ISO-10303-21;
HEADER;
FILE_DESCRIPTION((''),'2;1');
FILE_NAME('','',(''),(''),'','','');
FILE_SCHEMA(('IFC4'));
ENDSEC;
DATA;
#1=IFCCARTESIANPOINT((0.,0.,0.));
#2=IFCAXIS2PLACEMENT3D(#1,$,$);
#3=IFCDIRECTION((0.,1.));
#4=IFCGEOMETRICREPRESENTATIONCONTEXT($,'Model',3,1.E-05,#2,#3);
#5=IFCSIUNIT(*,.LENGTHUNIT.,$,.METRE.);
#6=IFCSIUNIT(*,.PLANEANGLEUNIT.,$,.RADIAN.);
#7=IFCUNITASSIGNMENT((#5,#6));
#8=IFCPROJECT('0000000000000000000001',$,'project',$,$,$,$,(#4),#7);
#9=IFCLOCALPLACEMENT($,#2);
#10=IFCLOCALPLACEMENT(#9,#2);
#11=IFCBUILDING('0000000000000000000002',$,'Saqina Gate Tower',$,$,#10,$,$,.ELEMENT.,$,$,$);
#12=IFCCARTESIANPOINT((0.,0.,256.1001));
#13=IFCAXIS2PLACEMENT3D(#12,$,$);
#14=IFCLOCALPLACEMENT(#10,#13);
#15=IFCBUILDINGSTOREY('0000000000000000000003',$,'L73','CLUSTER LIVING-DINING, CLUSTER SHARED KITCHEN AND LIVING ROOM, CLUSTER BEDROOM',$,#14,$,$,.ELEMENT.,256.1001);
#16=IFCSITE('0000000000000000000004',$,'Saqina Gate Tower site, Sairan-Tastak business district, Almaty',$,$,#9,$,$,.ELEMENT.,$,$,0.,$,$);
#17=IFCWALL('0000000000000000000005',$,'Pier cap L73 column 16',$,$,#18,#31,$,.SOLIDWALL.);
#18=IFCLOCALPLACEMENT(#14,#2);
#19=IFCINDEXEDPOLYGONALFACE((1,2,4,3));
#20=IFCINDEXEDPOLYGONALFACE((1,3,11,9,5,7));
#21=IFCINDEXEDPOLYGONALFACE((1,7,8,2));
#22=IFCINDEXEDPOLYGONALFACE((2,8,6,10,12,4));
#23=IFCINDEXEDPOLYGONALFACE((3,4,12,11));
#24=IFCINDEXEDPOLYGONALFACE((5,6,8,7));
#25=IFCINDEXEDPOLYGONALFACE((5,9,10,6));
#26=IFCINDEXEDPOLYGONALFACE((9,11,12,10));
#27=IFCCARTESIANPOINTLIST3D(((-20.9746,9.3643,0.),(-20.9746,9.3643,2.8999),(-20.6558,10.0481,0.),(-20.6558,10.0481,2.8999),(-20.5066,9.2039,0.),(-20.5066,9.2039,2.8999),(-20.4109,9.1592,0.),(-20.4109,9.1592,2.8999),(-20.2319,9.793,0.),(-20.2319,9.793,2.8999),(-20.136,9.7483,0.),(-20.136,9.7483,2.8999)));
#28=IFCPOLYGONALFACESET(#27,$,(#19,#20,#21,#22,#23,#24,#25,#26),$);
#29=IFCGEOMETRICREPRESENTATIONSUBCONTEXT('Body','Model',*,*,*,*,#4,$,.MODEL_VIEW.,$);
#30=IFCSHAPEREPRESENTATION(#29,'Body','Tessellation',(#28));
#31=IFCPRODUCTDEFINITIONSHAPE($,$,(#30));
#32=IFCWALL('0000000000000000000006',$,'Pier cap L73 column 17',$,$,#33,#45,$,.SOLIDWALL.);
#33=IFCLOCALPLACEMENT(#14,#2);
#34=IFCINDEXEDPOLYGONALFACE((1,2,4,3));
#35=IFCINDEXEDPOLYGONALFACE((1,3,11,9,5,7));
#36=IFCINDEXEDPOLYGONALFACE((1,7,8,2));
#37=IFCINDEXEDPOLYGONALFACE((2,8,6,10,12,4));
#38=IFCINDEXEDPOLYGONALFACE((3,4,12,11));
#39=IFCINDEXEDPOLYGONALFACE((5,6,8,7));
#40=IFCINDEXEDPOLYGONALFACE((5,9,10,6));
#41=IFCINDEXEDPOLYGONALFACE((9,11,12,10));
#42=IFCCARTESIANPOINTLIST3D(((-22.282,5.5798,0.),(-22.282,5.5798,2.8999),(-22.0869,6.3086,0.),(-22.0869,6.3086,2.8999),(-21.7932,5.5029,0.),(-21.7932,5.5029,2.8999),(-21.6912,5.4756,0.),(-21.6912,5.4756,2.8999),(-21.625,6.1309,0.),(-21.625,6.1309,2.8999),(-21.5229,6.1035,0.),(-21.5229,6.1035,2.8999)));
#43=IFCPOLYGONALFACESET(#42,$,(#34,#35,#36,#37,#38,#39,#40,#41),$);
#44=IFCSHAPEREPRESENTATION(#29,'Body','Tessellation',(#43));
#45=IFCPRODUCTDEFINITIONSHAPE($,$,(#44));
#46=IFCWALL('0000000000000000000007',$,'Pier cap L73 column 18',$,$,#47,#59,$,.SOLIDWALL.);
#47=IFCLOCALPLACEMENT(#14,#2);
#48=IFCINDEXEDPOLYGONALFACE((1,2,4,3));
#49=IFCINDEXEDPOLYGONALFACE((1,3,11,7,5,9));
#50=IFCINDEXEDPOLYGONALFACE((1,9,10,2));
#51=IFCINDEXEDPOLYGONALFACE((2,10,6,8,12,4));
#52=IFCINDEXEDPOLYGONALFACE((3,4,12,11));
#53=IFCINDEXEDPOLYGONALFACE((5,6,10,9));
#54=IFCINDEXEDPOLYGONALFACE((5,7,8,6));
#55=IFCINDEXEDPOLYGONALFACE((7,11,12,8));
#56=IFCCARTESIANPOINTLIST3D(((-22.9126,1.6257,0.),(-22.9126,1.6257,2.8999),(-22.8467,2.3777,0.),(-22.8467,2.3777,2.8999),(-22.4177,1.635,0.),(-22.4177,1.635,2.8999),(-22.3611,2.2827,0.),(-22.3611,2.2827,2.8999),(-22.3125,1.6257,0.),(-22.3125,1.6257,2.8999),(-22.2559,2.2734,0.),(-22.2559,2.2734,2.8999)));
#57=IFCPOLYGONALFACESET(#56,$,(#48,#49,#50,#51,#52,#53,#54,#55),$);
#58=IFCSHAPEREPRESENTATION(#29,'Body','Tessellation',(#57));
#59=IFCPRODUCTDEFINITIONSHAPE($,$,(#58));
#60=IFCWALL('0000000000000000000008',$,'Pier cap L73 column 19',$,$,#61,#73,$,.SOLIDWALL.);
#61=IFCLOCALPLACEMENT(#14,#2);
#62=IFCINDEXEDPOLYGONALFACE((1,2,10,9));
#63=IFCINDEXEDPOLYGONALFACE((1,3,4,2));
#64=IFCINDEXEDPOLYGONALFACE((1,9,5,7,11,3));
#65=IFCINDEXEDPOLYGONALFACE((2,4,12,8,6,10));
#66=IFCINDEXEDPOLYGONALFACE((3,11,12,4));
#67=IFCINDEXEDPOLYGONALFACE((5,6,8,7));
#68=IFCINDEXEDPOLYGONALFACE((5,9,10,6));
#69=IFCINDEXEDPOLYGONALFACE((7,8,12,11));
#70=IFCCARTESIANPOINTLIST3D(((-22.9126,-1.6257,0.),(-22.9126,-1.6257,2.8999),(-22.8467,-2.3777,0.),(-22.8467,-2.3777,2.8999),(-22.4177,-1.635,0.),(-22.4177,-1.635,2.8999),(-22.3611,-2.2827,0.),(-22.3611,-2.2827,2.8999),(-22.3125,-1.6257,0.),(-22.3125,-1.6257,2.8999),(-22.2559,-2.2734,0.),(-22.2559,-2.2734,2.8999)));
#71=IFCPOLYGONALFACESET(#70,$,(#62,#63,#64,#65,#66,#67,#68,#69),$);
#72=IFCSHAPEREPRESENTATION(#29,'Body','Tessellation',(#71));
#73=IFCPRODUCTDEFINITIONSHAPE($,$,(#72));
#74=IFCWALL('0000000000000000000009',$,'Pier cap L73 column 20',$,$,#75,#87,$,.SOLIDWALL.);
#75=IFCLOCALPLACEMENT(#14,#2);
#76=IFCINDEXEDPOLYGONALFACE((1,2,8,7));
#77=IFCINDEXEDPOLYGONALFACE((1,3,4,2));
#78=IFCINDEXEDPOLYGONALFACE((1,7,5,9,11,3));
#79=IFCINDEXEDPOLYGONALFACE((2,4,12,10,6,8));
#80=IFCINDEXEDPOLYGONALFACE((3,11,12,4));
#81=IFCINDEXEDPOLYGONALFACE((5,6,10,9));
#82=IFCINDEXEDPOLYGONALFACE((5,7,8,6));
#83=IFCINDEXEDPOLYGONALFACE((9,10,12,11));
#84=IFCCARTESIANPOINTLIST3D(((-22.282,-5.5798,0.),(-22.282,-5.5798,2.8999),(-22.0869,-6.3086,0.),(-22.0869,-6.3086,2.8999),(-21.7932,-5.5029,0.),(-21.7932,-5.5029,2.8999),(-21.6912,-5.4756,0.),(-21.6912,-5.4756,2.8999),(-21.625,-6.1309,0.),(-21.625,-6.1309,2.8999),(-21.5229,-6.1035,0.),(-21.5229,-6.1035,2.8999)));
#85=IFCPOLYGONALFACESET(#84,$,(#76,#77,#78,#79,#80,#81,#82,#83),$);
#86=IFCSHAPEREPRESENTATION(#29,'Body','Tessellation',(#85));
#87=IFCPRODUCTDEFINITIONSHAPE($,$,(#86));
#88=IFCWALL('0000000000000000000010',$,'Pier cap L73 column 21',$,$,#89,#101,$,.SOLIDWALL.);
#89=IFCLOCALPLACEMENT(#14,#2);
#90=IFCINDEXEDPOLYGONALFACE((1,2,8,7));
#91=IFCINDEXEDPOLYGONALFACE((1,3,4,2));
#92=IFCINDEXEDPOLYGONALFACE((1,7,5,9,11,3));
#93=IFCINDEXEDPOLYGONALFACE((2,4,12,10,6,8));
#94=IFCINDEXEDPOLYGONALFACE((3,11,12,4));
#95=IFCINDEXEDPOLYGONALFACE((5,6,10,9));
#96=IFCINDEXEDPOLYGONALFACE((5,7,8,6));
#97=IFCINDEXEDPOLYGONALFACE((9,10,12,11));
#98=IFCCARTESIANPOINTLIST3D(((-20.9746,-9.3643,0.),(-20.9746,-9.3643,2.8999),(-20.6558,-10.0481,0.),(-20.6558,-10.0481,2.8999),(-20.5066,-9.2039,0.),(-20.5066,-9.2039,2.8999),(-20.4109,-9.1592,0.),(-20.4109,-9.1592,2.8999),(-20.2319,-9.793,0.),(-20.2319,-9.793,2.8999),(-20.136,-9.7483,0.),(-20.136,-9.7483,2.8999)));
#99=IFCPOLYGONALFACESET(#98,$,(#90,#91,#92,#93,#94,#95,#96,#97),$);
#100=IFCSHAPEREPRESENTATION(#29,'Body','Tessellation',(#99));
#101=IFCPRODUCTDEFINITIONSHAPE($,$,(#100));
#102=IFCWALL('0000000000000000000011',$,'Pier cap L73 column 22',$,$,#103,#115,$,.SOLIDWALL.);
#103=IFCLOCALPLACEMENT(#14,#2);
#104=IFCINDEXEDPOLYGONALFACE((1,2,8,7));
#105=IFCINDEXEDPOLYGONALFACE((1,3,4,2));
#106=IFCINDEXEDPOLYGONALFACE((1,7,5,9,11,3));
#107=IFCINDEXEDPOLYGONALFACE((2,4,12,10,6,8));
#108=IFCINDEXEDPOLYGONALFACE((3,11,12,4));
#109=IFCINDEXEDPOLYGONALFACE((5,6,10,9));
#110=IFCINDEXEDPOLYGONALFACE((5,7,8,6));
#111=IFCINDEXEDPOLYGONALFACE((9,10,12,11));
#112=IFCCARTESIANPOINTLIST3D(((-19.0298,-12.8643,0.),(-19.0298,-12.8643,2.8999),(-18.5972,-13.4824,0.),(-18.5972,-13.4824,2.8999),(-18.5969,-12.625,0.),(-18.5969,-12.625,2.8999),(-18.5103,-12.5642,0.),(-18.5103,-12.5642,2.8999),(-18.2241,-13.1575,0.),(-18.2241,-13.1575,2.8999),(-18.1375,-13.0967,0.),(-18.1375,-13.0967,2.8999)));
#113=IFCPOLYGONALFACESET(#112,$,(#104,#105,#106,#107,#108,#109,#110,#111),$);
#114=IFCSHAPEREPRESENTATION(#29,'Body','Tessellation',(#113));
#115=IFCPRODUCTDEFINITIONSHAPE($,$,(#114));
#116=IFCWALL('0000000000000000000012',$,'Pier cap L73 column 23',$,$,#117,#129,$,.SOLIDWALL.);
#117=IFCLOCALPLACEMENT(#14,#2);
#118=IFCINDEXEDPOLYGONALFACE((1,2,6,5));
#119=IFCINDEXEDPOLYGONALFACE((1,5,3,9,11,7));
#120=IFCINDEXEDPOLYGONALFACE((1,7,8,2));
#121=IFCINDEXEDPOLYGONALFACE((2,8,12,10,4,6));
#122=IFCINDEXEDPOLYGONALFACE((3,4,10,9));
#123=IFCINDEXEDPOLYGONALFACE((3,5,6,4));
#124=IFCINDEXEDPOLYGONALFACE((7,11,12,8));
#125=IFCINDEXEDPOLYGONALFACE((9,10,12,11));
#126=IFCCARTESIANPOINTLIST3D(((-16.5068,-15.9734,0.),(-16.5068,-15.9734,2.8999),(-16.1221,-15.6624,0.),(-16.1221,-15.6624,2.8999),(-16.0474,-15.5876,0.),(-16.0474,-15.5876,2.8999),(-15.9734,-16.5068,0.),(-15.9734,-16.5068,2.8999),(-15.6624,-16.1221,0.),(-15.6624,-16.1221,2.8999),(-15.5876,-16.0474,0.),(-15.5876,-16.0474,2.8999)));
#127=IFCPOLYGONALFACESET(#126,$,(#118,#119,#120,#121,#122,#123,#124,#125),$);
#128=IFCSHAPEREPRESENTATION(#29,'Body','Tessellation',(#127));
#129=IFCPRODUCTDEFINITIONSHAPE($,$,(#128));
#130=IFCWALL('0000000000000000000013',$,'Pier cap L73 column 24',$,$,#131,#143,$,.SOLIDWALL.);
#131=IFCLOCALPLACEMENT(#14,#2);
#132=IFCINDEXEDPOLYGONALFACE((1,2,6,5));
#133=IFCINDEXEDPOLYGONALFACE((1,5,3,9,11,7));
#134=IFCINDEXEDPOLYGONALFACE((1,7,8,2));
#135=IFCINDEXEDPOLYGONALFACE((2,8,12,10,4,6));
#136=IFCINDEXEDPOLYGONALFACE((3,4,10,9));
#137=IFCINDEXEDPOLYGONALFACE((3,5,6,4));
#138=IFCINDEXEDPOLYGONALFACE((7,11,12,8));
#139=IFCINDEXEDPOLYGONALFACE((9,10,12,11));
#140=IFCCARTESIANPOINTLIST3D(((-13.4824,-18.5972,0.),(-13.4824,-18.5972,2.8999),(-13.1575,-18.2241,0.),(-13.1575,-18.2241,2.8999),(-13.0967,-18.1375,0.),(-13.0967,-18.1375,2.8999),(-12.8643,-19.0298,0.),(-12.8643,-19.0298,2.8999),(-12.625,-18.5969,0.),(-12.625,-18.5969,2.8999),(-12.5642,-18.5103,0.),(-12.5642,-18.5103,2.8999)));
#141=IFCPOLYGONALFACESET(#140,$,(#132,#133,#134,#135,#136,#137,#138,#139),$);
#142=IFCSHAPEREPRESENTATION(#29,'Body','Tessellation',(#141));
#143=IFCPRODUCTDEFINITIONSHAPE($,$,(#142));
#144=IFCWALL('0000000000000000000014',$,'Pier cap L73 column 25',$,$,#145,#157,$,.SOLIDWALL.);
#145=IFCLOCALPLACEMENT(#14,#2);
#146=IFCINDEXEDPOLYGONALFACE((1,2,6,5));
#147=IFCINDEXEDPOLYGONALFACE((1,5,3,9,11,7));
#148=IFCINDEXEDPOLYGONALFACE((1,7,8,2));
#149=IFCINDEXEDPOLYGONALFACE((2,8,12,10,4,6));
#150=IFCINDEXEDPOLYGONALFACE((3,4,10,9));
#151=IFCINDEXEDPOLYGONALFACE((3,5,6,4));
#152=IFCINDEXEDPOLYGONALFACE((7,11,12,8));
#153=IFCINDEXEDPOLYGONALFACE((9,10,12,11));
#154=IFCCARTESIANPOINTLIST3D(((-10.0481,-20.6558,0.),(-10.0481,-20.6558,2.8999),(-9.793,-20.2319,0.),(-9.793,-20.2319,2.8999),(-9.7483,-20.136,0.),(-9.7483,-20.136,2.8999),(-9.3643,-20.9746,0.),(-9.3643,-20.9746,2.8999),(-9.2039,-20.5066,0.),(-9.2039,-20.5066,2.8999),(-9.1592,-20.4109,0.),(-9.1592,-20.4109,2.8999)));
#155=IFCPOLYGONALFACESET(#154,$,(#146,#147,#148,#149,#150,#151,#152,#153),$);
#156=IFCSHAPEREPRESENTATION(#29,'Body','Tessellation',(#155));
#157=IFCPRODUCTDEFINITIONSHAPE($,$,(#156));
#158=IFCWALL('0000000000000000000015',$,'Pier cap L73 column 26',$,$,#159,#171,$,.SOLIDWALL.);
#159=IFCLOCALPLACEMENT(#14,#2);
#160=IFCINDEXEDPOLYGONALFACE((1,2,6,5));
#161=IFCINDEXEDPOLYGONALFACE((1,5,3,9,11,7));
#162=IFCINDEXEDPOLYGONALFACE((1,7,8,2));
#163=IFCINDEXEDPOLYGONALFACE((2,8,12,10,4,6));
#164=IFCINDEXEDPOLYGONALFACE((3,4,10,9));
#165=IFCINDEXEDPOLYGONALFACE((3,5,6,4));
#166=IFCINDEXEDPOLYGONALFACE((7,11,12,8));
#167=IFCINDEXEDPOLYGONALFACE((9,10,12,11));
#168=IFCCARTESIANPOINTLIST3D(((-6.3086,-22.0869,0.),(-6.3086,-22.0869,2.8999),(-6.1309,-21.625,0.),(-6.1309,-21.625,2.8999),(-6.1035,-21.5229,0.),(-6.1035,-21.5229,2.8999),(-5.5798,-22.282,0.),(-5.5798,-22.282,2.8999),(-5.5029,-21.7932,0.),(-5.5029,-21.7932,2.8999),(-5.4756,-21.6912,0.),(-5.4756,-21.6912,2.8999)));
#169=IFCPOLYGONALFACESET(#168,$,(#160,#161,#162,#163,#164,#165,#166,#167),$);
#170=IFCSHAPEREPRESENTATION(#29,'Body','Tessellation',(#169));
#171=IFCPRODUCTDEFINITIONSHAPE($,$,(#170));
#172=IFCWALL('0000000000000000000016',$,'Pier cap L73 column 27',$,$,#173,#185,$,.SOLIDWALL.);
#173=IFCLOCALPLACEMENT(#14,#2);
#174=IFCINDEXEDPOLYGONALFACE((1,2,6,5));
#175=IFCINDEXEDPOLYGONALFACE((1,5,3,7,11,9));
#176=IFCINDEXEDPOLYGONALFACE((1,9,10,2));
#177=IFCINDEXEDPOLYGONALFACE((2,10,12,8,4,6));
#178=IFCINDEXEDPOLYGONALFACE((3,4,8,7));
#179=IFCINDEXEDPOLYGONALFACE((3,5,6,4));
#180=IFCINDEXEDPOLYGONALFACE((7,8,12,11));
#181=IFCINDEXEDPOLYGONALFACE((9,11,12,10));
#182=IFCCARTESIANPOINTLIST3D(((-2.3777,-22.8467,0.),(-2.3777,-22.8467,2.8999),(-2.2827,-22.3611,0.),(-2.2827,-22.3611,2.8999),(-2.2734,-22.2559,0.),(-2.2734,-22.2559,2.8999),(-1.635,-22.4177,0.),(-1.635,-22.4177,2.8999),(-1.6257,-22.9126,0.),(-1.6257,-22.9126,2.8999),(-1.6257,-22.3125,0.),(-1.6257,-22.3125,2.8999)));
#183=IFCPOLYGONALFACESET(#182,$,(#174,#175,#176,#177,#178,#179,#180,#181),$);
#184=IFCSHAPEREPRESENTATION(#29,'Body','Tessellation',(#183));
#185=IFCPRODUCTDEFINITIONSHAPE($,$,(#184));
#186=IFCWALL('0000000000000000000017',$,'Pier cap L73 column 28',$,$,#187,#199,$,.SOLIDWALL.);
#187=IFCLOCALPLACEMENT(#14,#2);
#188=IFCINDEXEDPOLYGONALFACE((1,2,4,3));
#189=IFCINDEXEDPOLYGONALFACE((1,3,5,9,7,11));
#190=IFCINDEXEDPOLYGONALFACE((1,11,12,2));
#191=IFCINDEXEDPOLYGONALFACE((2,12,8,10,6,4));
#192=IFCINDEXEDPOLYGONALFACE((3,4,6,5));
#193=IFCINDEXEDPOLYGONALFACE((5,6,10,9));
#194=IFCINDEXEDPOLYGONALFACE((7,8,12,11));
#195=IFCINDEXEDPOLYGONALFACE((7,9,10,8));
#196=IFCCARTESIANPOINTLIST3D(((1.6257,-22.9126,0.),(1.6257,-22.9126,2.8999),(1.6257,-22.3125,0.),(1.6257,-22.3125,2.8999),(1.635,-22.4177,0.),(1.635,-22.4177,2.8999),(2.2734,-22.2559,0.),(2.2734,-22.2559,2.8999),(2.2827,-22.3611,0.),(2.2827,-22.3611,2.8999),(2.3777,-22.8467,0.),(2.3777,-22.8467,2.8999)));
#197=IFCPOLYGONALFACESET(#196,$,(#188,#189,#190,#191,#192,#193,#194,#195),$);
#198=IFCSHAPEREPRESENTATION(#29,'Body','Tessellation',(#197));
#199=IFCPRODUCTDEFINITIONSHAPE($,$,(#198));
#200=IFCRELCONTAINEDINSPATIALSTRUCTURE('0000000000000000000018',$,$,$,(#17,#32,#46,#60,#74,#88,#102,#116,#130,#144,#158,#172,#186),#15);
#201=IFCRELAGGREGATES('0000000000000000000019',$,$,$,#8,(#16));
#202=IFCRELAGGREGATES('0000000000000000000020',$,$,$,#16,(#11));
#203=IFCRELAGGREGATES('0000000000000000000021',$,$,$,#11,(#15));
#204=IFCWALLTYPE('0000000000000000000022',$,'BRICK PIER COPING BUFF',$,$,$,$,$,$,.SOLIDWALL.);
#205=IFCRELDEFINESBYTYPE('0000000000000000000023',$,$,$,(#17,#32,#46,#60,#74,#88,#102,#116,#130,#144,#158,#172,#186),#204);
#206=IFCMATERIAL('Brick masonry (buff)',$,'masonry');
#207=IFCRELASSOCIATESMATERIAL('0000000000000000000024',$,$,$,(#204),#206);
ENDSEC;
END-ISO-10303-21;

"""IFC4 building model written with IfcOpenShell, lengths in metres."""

from ifc_helpers import new_model, si_unit, direction, frame, origin, place, context, subcontext, project, spatial, polyline, outline, extrude, material, type_object, element, save


model = new_model("IFC4")

# Units and contexts
model_context = context("Model", 3, precision=1e-05, world=origin(), true_north=direction((0.0, 1.0)))
body_context = subcontext(model_context, "Body", "Model", "MODEL_VIEW")
ifc_project = project(units=[si_unit("LENGTHUNIT", "METRE"), si_unit("PLANEANGLEUNIT", "RADIAN")], contexts=[model_context])

# Site, building, storey
site_placement = place(None, origin())
site = spatial("IfcSite", under=ifc_project, at=site_placement, Name="Saqina Gate Tower site, Sairan-Tastak business district, Almaty", CompositionType="ELEMENT", RefElevation=0.0)
building_placement = place(site_placement, origin())
building = spatial("IfcBuilding", under=site, at=building_placement, Name="Saqina Gate Tower", CompositionType="ELEMENT")
storey_placement = place(building_placement, frame((0.0, 0.0, 256.1001)))
storey = spatial("IfcBuildingStorey", under=building, at=storey_placement, Name="L73", Description="CLUSTER LIVING-DINING, CLUSTER SHARED KITCHEN AND LIVING ROOM, CLUSTER BEDROOM", CompositionType="ELEMENT", Elevation=256.1001)

# Walls
ifc_material = material(Name="Brick masonry (buff)", Category="masonry")
wall_type = type_object("IfcWallType", Name="BRICK PIER COPING BUFF", PredefinedType="SOLIDWALL", material=ifc_material)
wall_1_placement = place(storey_placement, origin())
element("IfcWall", 1, at=wall_1_placement, inside=storey, type_object=wall_type, Name="Pier cap L73 column 16", PredefinedType="SOLIDWALL", context=body_context, shape_type="SweptSolid", body=[
    extrude(outline(polyline([(-20.6558, 10.0481), (-20.9746, 9.3643), (-20.4109, 9.1592), (-20.5066, 9.2039), (-20.2319, 9.793), (-20.136, 9.7483), (-20.6558, 10.0481)])), origin(), (0.0, 0.0, 1.0), 2.8999),
])
wall_2_placement = place(storey_placement, origin())
element("IfcWall", 2, at=wall_2_placement, inside=storey, type_object=wall_type, Name="Pier cap L73 column 17", PredefinedType="SOLIDWALL", context=body_context, shape_type="SweptSolid", body=[
    extrude(outline(polyline([(-22.282, 5.5798), (-21.6912, 5.4756), (-21.7932, 5.5029), (-21.625, 6.1309), (-21.5229, 6.1035), (-22.0869, 6.3086), (-22.282, 5.5798)])), origin(), (0.0, 0.0, 1.0), 2.8999),
])
wall_3_placement = place(storey_placement, origin())
element("IfcWall", 3, at=wall_3_placement, inside=storey, type_object=wall_type, Name="Pier cap L73 column 18", PredefinedType="SOLIDWALL", context=body_context, shape_type="SweptSolid", body=[
    extrude(outline(polyline([(-22.8467, 2.3777), (-22.9126, 1.6257), (-22.3125, 1.6257), (-22.4177, 1.635), (-22.3611, 2.2827), (-22.2559, 2.2734), (-22.8467, 2.3777)])), origin(), (0.0, 0.0, 1.0), 2.8999),
])
wall_4_placement = place(storey_placement, origin())
element("IfcWall", 4, at=wall_4_placement, inside=storey, type_object=wall_type, Name="Pier cap L73 column 19", PredefinedType="SOLIDWALL", context=body_context, shape_type="SweptSolid", body=[
    extrude(outline(polyline([(-22.9126, -1.6257), (-22.8467, -2.3777), (-22.2559, -2.2734), (-22.3611, -2.2827), (-22.4177, -1.635), (-22.3125, -1.6257), (-22.9126, -1.6257)])), origin(), (0.0, 0.0, 1.0), 2.8999),
])
wall_5_placement = place(storey_placement, origin())
element("IfcWall", 5, at=wall_5_placement, inside=storey, type_object=wall_type, Name="Pier cap L73 column 20", PredefinedType="SOLIDWALL", context=body_context, shape_type="SweptSolid", body=[
    extrude(outline(polyline([(-22.0869, -6.3086), (-21.5229, -6.1035), (-21.625, -6.1309), (-21.7932, -5.5029), (-21.6912, -5.4756), (-22.282, -5.5798), (-22.0869, -6.3086)])), origin(), (0.0, 0.0, 1.0), 2.8999),
])
wall_6_placement = place(storey_placement, origin())
element("IfcWall", 6, at=wall_6_placement, inside=storey, type_object=wall_type, Name="Pier cap L73 column 21", PredefinedType="SOLIDWALL", context=body_context, shape_type="SweptSolid", body=[
    extrude(outline(polyline([(-20.9746, -9.3643), (-20.6558, -10.0481), (-20.136, -9.7483), (-20.2319, -9.793), (-20.5066, -9.2039), (-20.4109, -9.1592), (-20.9746, -9.3643)])), origin(), (0.0, 0.0, 1.0), 2.8999),
])
wall_7_placement = place(storey_placement, origin())
element("IfcWall", 7, at=wall_7_placement, inside=storey, type_object=wall_type, Name="Pier cap L73 column 22", PredefinedType="SOLIDWALL", context=body_context, shape_type="SweptSolid", body=[
    extrude(outline(polyline([(-19.0298, -12.8643), (-18.5972, -13.4824), (-18.1375, -13.0967), (-18.2241, -13.1575), (-18.5969, -12.625), (-18.5103, -12.5642), (-19.0298, -12.8643)])), origin(), (0.0, 0.0, 1.0), 2.8999),
])
wall_8_placement = place(storey_placement, origin())
element("IfcWall", 8, at=wall_8_placement, inside=storey, type_object=wall_type, Name="Pier cap L73 column 23", PredefinedType="SOLIDWALL", context=body_context, shape_type="SweptSolid", body=[
    extrude(outline(polyline([(-15.9734, -16.5068), (-15.5876, -16.0474), (-15.6624, -16.1221), (-16.1221, -15.6624), (-16.0474, -15.5876), (-16.5068, -15.9734), (-15.9734, -16.5068)])), origin(), (0.0, 0.0, 1.0), 2.8999),
])
wall_9_placement = place(storey_placement, origin())
element("IfcWall", 9, at=wall_9_placement, inside=storey, type_object=wall_type, Name="Pier cap L73 column 24", PredefinedType="SOLIDWALL", context=body_context, shape_type="SweptSolid", body=[
    extrude(outline(polyline([(-12.8643, -19.0298), (-12.5642, -18.5103), (-12.625, -18.5969), (-13.1575, -18.2241), (-13.0967, -18.1375), (-13.4824, -18.5972), (-12.8643, -19.0298)])), origin(), (0.0, 0.0, 1.0), 2.8999),
])
wall_10_placement = place(storey_placement, origin())
element("IfcWall", 10, at=wall_10_placement, inside=storey, type_object=wall_type, Name="Pier cap L73 column 25", PredefinedType="SOLIDWALL", context=body_context, shape_type="SweptSolid", body=[
    extrude(outline(polyline([(-10.0481, -20.6558), (-9.3643, -20.9746), (-9.1592, -20.4109), (-9.2039, -20.5066), (-9.793, -20.2319), (-9.7483, -20.136), (-10.0481, -20.6558)])), origin(), (0.0, 0.0, 1.0), 2.8999),
])
wall_11_placement = place(storey_placement, origin())
element("IfcWall", 11, at=wall_11_placement, inside=storey, type_object=wall_type, Name="Pier cap L73 column 26", PredefinedType="SOLIDWALL", context=body_context, shape_type="SweptSolid", body=[
    extrude(outline(polyline([(-5.5798, -22.282), (-5.4756, -21.6912), (-5.5029, -21.7932), (-6.1309, -21.625), (-6.1035, -21.5229), (-6.3086, -22.0869), (-5.5798, -22.282)])), origin(), (0.0, 0.0, 1.0), 2.8999),
])
wall_12_placement = place(storey_placement, origin())
element("IfcWall", 12, at=wall_12_placement, inside=storey, type_object=wall_type, Name="Pier cap L73 column 27", PredefinedType="SOLIDWALL", context=body_context, shape_type="SweptSolid", body=[
    extrude(outline(polyline([(-2.3777, -22.8467), (-1.6257, -22.9126), (-1.6257, -22.3125), (-1.635, -22.4177), (-2.2827, -22.3611), (-2.2734, -22.2559), (-2.3777, -22.8467)])), origin(), (0.0, 0.0, 1.0), 2.8999),
])
wall_13_placement = place(storey_placement, origin())
element("IfcWall", 13, at=wall_13_placement, inside=storey, type_object=wall_type, Name="Pier cap L73 column 28", PredefinedType="SOLIDWALL", context=body_context, shape_type="SweptSolid", body=[
    extrude(outline(polyline([(1.6257, -22.9126), (2.3777, -22.8467), (2.2734, -22.2559), (2.2827, -22.3611), (1.635, -22.4177), (1.6257, -22.3125), (1.6257, -22.9126)])), origin(), (0.0, 0.0, 1.0), 2.8999),
])

save(model, "model.ifc")
